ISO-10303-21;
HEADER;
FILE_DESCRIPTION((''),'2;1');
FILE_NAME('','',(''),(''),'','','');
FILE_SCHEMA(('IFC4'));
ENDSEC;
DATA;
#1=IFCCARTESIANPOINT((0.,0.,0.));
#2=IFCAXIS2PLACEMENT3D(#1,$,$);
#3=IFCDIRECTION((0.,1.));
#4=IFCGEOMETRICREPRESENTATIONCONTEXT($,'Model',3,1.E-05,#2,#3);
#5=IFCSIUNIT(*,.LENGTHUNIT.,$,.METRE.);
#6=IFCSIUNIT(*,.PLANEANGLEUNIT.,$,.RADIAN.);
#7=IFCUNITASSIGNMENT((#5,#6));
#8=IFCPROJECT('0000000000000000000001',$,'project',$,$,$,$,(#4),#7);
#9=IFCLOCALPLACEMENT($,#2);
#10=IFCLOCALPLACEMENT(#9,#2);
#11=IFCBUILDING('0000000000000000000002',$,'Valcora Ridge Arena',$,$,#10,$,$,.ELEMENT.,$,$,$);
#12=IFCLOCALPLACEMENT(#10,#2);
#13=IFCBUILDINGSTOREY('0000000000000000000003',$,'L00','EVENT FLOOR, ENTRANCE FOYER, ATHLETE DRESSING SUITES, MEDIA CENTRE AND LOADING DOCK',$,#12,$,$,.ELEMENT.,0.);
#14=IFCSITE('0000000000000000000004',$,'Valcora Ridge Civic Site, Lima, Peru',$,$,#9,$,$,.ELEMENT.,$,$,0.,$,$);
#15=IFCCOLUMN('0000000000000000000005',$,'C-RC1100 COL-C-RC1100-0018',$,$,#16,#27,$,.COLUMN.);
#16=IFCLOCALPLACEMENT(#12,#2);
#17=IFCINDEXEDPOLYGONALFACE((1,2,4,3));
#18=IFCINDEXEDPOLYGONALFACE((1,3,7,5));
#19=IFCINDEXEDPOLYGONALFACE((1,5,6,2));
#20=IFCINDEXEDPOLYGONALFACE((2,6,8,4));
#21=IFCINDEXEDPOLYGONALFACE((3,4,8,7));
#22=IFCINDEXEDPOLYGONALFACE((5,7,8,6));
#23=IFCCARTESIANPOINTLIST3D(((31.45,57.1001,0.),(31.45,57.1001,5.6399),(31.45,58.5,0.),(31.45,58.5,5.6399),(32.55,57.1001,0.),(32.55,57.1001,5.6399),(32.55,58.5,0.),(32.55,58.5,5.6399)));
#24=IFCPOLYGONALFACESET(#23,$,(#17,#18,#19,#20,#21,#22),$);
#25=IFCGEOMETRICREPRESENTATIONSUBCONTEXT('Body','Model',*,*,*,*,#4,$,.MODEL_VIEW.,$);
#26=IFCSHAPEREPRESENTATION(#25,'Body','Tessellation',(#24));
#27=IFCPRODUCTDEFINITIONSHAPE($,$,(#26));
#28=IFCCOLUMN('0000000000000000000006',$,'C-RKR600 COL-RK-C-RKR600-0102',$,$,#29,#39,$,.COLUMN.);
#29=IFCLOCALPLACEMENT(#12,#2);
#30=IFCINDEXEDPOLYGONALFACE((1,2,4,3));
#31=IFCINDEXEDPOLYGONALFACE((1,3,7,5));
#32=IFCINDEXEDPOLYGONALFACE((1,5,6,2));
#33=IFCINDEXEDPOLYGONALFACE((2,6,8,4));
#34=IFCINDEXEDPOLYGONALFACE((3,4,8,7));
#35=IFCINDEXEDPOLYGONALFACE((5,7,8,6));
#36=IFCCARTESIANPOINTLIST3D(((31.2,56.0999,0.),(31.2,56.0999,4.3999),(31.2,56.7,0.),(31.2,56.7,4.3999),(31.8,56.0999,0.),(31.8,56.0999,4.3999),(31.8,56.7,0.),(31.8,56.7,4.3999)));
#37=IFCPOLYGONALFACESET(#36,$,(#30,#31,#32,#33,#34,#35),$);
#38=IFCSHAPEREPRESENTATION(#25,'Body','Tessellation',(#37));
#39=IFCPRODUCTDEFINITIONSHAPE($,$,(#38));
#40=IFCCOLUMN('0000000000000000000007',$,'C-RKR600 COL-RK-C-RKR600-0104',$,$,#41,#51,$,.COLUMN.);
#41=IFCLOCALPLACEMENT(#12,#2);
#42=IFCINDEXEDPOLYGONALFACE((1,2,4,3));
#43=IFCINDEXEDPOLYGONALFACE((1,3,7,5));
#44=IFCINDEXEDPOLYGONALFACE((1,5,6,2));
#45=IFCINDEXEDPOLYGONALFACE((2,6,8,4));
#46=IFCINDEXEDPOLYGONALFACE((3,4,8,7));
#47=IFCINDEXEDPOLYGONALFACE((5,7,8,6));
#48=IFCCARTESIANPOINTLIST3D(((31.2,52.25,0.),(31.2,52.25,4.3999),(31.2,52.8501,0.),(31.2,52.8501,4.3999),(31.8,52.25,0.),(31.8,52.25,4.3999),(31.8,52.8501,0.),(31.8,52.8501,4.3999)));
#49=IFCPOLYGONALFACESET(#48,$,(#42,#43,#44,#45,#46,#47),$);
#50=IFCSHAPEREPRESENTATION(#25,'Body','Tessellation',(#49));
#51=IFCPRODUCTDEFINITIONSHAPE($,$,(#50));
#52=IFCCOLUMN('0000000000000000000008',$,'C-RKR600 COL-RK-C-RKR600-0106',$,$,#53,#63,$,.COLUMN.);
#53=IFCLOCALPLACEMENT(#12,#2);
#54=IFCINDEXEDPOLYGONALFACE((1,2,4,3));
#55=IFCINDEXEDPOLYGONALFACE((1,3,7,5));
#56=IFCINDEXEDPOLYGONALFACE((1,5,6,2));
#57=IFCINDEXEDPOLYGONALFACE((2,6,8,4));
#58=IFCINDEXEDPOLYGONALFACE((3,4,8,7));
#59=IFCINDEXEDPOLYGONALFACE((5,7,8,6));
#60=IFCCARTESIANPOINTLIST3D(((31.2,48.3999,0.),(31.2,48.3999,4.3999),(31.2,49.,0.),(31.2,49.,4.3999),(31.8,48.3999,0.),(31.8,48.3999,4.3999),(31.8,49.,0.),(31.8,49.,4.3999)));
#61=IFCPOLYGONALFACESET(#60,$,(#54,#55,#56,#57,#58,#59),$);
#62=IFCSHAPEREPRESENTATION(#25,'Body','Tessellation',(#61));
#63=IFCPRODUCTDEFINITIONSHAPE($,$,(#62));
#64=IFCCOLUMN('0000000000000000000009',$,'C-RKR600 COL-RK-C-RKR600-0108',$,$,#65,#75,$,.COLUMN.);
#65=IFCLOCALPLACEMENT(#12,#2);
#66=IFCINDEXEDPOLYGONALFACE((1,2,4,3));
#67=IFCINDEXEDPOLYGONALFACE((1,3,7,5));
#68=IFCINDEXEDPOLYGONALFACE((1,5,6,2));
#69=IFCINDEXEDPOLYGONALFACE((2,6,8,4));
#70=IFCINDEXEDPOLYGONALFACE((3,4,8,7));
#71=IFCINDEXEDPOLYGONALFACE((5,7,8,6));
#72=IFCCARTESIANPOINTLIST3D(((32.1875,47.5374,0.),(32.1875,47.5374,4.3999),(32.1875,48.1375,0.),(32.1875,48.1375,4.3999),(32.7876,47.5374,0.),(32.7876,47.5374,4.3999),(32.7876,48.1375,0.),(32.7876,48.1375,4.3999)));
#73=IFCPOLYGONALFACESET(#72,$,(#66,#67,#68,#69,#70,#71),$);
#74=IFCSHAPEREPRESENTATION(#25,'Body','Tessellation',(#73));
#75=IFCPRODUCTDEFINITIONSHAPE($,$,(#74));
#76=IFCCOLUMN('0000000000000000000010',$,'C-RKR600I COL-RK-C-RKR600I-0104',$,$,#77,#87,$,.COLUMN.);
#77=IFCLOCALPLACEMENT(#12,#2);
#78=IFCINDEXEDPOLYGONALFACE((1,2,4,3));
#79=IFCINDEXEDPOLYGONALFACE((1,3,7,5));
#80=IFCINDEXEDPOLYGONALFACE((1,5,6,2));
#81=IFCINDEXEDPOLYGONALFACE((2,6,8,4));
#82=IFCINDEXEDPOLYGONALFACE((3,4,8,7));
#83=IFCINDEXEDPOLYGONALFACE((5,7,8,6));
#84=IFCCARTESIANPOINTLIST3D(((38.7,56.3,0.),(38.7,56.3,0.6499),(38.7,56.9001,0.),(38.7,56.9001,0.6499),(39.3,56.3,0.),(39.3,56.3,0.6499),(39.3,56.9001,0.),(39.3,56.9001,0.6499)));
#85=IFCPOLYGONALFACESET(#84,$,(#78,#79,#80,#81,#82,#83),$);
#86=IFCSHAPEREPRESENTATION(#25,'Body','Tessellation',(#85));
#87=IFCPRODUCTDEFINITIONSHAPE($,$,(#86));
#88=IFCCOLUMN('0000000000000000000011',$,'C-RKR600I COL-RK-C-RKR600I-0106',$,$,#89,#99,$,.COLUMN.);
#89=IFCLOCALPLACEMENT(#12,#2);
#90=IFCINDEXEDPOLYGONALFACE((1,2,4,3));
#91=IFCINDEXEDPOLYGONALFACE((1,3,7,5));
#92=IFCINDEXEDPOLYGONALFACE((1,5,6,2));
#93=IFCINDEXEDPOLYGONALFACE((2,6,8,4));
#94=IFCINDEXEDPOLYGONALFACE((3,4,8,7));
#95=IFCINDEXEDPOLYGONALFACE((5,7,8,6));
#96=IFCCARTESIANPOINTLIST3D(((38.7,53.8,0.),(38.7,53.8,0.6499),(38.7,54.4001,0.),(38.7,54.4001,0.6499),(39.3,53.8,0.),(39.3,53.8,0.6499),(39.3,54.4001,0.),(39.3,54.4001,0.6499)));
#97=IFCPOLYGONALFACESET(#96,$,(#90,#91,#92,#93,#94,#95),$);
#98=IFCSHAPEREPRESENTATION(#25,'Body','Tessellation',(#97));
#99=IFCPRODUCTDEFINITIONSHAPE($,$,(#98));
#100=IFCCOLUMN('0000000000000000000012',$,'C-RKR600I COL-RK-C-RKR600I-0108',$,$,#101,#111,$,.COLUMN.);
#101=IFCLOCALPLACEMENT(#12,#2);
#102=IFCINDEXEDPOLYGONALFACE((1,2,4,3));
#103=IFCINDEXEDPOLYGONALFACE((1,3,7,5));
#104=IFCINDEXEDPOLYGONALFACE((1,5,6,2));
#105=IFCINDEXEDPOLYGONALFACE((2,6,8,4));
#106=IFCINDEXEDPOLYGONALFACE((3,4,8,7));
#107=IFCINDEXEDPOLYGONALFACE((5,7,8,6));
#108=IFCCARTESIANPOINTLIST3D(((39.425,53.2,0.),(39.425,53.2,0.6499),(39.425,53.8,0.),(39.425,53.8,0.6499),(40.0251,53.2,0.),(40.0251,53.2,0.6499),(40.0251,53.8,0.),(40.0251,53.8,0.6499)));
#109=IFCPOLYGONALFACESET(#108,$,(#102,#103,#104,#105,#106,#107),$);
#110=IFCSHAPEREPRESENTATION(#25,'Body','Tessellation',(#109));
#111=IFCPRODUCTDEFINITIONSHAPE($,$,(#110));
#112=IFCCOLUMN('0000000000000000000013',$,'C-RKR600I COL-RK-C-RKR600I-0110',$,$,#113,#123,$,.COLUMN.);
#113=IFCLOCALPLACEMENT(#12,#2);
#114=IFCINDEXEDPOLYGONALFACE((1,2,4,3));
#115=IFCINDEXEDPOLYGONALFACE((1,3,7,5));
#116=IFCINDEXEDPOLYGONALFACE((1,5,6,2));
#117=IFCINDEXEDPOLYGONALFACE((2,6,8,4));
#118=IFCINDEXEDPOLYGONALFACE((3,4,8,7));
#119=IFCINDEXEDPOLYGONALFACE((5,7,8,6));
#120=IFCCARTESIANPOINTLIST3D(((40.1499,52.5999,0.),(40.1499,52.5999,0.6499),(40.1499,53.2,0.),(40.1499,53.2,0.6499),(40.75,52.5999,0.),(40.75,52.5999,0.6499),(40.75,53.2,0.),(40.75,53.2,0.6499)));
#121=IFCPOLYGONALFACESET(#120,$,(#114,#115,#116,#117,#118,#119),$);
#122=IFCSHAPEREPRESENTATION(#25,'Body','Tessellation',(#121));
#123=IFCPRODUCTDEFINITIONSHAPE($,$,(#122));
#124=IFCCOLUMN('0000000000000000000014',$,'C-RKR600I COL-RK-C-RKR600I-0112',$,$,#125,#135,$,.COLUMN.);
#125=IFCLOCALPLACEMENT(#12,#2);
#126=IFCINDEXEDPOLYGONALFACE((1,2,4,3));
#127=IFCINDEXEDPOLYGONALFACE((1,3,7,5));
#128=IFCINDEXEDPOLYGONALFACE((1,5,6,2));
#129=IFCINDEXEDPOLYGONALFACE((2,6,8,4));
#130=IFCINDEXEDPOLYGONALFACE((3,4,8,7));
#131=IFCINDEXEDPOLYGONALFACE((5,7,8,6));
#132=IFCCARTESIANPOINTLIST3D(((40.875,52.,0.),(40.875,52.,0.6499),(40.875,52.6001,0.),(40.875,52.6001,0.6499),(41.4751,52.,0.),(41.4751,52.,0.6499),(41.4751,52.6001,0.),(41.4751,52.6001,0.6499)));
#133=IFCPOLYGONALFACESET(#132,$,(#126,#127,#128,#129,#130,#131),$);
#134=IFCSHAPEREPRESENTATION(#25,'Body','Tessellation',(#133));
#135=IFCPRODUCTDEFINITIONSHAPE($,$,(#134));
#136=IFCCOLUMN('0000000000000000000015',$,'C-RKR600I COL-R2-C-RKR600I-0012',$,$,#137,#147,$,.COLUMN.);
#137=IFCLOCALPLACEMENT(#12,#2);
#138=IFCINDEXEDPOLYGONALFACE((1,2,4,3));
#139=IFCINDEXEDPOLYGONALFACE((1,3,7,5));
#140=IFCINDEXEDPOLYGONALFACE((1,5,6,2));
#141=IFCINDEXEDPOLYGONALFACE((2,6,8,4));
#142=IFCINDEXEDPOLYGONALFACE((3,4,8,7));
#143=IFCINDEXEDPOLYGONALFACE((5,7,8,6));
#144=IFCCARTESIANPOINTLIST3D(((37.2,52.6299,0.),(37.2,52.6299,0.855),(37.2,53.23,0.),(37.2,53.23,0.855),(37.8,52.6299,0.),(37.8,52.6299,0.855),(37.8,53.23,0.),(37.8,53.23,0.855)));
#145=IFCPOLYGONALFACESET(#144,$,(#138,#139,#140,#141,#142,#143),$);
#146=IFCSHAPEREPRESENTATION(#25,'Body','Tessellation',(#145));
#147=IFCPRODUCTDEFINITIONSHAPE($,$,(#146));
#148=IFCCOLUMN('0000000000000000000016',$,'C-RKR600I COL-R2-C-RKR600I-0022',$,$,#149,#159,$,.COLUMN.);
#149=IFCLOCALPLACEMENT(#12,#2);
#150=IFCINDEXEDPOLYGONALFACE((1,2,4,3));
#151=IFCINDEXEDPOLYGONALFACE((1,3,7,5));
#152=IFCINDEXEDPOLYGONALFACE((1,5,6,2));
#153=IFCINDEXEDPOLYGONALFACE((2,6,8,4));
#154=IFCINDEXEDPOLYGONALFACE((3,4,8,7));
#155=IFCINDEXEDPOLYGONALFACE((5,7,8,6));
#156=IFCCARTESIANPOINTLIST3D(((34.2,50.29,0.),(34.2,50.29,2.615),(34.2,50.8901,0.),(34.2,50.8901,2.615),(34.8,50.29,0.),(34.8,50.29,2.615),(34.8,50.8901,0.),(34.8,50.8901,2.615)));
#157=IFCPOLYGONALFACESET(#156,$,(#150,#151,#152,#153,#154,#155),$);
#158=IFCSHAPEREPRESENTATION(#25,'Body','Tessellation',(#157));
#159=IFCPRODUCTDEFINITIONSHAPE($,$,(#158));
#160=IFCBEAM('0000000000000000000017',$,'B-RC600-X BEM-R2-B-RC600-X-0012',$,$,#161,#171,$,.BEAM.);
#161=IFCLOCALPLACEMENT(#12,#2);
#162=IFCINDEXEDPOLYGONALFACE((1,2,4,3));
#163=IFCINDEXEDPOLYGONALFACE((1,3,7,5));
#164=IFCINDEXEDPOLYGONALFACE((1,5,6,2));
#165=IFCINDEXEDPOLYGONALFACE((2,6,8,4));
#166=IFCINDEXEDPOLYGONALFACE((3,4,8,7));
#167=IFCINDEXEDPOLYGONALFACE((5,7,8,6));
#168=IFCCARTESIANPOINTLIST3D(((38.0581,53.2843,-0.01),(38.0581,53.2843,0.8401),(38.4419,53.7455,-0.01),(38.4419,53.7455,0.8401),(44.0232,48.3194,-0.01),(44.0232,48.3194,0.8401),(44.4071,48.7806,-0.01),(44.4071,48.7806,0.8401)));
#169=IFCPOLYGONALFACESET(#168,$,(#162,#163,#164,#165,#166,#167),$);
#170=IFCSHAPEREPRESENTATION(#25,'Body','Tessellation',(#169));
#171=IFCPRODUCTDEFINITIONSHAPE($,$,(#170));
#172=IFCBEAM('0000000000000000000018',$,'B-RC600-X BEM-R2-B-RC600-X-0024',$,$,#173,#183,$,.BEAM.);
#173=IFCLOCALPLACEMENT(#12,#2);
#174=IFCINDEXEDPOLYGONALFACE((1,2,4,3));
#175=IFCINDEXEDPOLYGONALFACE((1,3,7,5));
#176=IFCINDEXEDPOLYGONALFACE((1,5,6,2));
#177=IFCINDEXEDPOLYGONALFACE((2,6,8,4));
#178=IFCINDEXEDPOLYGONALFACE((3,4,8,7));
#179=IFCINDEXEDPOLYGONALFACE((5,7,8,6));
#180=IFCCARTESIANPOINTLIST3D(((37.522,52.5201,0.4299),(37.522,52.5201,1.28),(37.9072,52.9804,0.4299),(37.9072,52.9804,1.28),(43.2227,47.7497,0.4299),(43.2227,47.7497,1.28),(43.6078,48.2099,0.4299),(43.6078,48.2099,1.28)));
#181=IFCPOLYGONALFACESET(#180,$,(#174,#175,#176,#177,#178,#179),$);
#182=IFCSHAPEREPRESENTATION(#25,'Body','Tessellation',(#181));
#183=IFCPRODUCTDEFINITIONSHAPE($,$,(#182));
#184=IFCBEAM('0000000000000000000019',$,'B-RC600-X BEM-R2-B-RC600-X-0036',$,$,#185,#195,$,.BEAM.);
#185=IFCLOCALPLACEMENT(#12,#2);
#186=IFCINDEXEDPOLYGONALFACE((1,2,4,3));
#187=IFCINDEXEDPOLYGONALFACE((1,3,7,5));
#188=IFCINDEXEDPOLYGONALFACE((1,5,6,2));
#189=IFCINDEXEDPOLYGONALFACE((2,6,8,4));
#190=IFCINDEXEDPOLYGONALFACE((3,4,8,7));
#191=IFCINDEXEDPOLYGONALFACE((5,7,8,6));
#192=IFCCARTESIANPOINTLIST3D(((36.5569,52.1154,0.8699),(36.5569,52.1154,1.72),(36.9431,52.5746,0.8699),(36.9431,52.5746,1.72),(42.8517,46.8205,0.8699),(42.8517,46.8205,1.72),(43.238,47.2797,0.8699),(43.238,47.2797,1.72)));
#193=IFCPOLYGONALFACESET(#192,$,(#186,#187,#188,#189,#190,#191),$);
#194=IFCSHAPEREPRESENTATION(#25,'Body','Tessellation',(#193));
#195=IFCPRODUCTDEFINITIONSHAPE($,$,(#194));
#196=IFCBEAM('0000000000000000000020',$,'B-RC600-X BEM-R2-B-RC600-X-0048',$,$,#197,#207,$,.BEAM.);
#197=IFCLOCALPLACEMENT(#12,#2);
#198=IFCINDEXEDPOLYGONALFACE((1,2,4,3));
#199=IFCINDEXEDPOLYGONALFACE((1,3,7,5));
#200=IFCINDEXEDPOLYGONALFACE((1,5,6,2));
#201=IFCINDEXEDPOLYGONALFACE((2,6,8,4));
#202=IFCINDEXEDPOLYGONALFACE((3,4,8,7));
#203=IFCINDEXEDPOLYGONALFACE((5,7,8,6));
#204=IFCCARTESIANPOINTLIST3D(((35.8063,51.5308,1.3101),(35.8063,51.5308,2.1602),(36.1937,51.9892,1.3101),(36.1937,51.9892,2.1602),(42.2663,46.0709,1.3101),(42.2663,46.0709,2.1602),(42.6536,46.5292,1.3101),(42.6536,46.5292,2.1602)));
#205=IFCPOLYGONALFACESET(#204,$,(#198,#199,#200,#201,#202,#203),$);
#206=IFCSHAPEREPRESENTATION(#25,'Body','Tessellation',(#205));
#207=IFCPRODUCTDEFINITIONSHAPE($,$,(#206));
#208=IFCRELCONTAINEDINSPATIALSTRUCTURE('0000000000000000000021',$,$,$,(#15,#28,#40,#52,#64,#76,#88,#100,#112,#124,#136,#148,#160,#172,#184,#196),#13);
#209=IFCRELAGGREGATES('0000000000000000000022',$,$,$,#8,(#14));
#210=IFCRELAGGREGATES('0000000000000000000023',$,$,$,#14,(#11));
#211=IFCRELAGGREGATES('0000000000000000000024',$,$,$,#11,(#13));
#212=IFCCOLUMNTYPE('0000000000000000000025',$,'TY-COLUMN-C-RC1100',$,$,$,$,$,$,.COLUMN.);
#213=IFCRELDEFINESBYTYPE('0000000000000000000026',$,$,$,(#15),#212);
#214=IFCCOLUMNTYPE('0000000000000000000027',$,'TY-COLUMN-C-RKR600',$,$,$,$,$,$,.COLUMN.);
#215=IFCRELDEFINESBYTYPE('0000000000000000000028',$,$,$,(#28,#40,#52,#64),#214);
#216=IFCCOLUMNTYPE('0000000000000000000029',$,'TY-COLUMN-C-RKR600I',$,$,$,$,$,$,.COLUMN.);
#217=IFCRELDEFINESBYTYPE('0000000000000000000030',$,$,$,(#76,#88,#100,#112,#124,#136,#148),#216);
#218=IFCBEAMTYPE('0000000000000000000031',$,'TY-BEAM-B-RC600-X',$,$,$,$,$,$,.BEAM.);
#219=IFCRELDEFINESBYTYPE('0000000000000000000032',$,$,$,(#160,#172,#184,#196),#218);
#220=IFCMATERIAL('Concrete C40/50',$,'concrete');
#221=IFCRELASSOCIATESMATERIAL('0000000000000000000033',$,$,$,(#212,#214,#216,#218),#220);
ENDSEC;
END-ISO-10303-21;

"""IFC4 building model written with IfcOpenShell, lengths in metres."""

from ifc_helpers import new_model, si_unit, direction, frame, origin, origin_2d, place, context, subcontext, project, spatial, rectangle, extrude, material, material_profile, profile_set, type_object, element, save


model = new_model("IFC4")

# Units and contexts
model_context = context("Model", 3, precision=1e-05, world=origin(), true_north=direction((0.0, 1.0)))
body_context = subcontext(model_context, "Body", "Model", "MODEL_VIEW")
ifc_project = project(units=[si_unit("LENGTHUNIT", "METRE"), si_unit("PLANEANGLEUNIT", "RADIAN")], contexts=[model_context])

# Site, building, storey
site_placement = place(None, origin())
site = spatial("IfcSite", under=ifc_project, at=site_placement, Name="Valcora Ridge Civic Site, Lima, Peru", CompositionType="ELEMENT", RefElevation=0.0)
building_placement = place(site_placement, origin())
building = spatial("IfcBuilding", under=site, at=building_placement, Name="Valcora Ridge Arena", CompositionType="ELEMENT")
storey_placement = place(building_placement, origin())
storey = spatial("IfcBuildingStorey", under=building, at=storey_placement, Name="L00", Description="EVENT FLOOR, ENTRANCE FOYER, ATHLETE DRESSING SUITES, MEDIA CENTRE AND LOADING DOCK", CompositionType="ELEMENT", Elevation=0.0)

# Columns
ifc_material_1 = material(Name="Concrete C40/50", Category="concrete")
ifc_material_profile_1 = material_profile(ifc_material_1, rectangle(XDim=1.1001, YDim=1.3999, at=origin_2d()), Name="RC 1100x1400")
ifc_profile_set_1 = profile_set([ifc_material_profile_1], Name="Concrete C40/50")
column_type_1 = type_object("IfcColumnType", Name="TY-COLUMN-C-RC1100", PredefinedType="COLUMN", material=ifc_profile_set_1)
column_1_placement = place(storey_placement, frame((32.0, 57.8, 0.0), z_axis=(0.0, 0.0, 1.0), x_axis=(1.0, 0.0, 0.0)))
element("IfcColumn", 1, at=column_1_placement, inside=storey, type_object=column_type_1, Name="C-RC1100 COL-C-RC1100-0018", PredefinedType="COLUMN", context=body_context, shape_type="SweptSolid", body=[
    extrude(rectangle(XDim=1.1001, YDim=1.3999, at=origin_2d()), origin(), (0.0, 0.0, 1.0), 5.6399),
])
ifc_material_profile_2 = material_profile(ifc_material_1, rectangle(XDim=0.6001, YDim=0.6001, at=origin_2d()), Name="RC 600x600")
ifc_profile_set_2 = profile_set([ifc_material_profile_2], Name="Concrete C40/50")
column_type_2 = type_object("IfcColumnType", Name="TY-COLUMN-C-RKR600", PredefinedType="COLUMN", material=ifc_profile_set_2)
for number, where, z_axis, x_axis, name in (
    (2, (31.5, 56.3999, 0.0), (0.0, 0.0, 1.0), (1.0, 0.0, 0.0), "C-RKR600 COL-RK-C-RKR600-0102"),
    (3, (31.5, 52.55, 0.0), (0.0, 0.0, 1.0), (1.0, 0.0, 0.0), "C-RKR600 COL-RK-C-RKR600-0104"),
    (4, (31.5, 48.7, 0.0), (0.0, 0.0, 1.0), (1.0, 0.0, 0.0), "C-RKR600 COL-RK-C-RKR600-0106"),
    (5, (32.4875, 47.8374, 0.0), (0.0, 0.0, 1.0), (1.0, 0.0, 0.0), "C-RKR600 COL-RK-C-RKR600-0108"),
):
    element("IfcColumn", number, at=place(storey_placement, frame(where, z_axis=z_axis, x_axis=x_axis)), inside=storey, type_object=column_type_2, Name=name, PredefinedType="COLUMN", context=body_context, shape_type="SweptSolid", body=[
        extrude(rectangle(XDim=0.6001, YDim=0.6001, at=origin_2d()), origin(), (0.0, 0.0, 1.0), 4.3999),
    ])
ifc_material_profile_3 = material_profile(ifc_material_1, rectangle(XDim=0.6001, YDim=0.6001, at=origin_2d()), Name="RC 600x600")
ifc_profile_set_3 = profile_set([ifc_material_profile_3], Name="Concrete C40/50")
column_type_3 = type_object("IfcColumnType", Name="TY-COLUMN-C-RKR600I", PredefinedType="COLUMN", material=ifc_profile_set_3)
for number, where, z_axis, x_axis, name in (
    (6, (39.0, 56.6001, 0.0), (0.0, 0.0, 1.0), (1.0, 0.0, 0.0), "C-RKR600I COL-RK-C-RKR600I-0104"),
    (7, (39.0, 54.1001, 0.0), (0.0, 0.0, 1.0), (1.0, 0.0, 0.0), "C-RKR600I COL-RK-C-RKR600I-0106"),
    (8, (39.7251, 53.5, 0.0), (0.0, 0.0, 1.0), (1.0, 0.0, 0.0), "C-RKR600I COL-RK-C-RKR600I-0108"),
    (9, (40.45, 52.8999, 0.0), (0.0, 0.0, 1.0), (1.0, 0.0, 0.0), "C-RKR600I COL-RK-C-RKR600I-0110"),
    (10, (41.175, 52.3, 0.0), (0.0, 0.0, 1.0), (1.0, 0.0, 0.0), "C-RKR600I COL-RK-C-RKR600I-0112"),
):
    element("IfcColumn", number, at=place(storey_placement, frame(where, z_axis=z_axis, x_axis=x_axis)), inside=storey, type_object=column_type_3, Name=name, PredefinedType="COLUMN", context=body_context, shape_type="SweptSolid", body=[
        extrude(rectangle(XDim=0.6001, YDim=0.6001, at=origin_2d()), origin(), (0.0, 0.0, 1.0), 0.6499),
    ])
column_2_placement = place(storey_placement, frame((37.5, 52.9299, 0.0), z_axis=(0.0, 0.0, 1.0), x_axis=(1.0, 0.0, 0.0)))
element("IfcColumn", 11, at=column_2_placement, inside=storey, type_object=column_type_3, Name="C-RKR600I COL-R2-C-RKR600I-0012", PredefinedType="COLUMN", context=body_context, shape_type="SweptSolid", body=[
    extrude(rectangle(XDim=0.6001, YDim=0.6001, at=origin_2d()), origin(), (0.0, 0.0, 1.0), 0.855),
])
column_3_placement = place(storey_placement, frame((34.5, 50.5901, 0.0), z_axis=(0.0, 0.0, 1.0), x_axis=(1.0, 0.0, 0.0)))
element("IfcColumn", 12, at=column_3_placement, inside=storey, type_object=column_type_3, Name="C-RKR600I COL-R2-C-RKR600I-0022", PredefinedType="COLUMN", context=body_context, shape_type="SweptSolid", body=[
    extrude(rectangle(XDim=0.6001, YDim=0.6001, at=origin_2d()), origin(), (0.0, 0.0, 1.0), 2.615),
])

# Beams
ifc_material_profile_4 = material_profile(ifc_material_1, rectangle(XDim=0.6001, YDim=0.8501, at=origin_2d()), Name="RC 600x850")
ifc_profile_set_4 = profile_set([ifc_material_profile_4], Name="Concrete C40/50")
beam_type = type_object("IfcBeamType", Name="TY-BEAM-B-RC600-X", PredefinedType="BEAM", material=ifc_profile_set_4)
beam_1_placement = place(storey_placement, frame((38.25, 53.5149, 0.415), z_axis=(0.768605, -0.639723, 0.0), x_axis=(0.639723, 0.768605, 0.0)))
element("IfcBeam", 13, at=beam_1_placement, inside=storey, type_object=beam_type, Name="B-RC600-X BEM-R2-B-RC600-X-0012", PredefinedType="BEAM", context=body_context, shape_type="SweptSolid", body=[
    extrude(rectangle(XDim=0.6001, YDim=0.8501, at=origin_2d()), origin(), (0.0, 0.0, 1.0), 7.761),
])
beam_2_placement = place(storey_placement, frame((37.7146, 52.7502, 0.855), z_axis=(0.766901, -0.641766, 0.0), x_axis=(0.641766, 0.766901, 0.0)))
element("IfcBeam", 14, at=beam_2_placement, inside=storey, type_object=beam_type, Name="B-RC600-X BEM-R2-B-RC600-X-0024", PredefinedType="BEAM", context=body_context, shape_type="SweptSolid", body=[
    extrude(rectangle(XDim=0.6001, YDim=0.8501, at=origin_2d()), origin(), (0.0, 0.0, 1.0), 7.4333),
])
beam_3_placement = place(storey_placement, frame((36.75, 52.345, 1.2949), z_axis=(0.765274, -0.643704, 0.0), x_axis=(0.643704, 0.765274, 0.0)))
element("IfcBeam", 15, at=beam_3_placement, inside=storey, type_object=beam_type, Name="B-RC600-X BEM-R2-B-RC600-X-0036", PredefinedType="BEAM", context=body_context, shape_type="SweptSolid", body=[
    extrude(rectangle(XDim=0.6001, YDim=0.8501, at=origin_2d()), origin(), (0.0, 0.0, 1.0), 8.2256),
])
beam_4_placement = place(storey_placement, frame((36.0, 51.76, 1.7351), z_axis=(0.763745, -0.645518, 0.0), x_axis=(0.645518, 0.763745, 0.0)))
element("IfcBeam", 16, at=beam_4_placement, inside=storey, type_object=beam_type, Name="B-RC600-X BEM-R2-B-RC600-X-0048", PredefinedType="BEAM", context=body_context, shape_type="SweptSolid", body=[
    extrude(rectangle(XDim=0.6001, YDim=0.8501, at=origin_2d()), origin(), (0.0, 0.0, 1.0), 8.4583),
])

save(model, "model.ifc")
